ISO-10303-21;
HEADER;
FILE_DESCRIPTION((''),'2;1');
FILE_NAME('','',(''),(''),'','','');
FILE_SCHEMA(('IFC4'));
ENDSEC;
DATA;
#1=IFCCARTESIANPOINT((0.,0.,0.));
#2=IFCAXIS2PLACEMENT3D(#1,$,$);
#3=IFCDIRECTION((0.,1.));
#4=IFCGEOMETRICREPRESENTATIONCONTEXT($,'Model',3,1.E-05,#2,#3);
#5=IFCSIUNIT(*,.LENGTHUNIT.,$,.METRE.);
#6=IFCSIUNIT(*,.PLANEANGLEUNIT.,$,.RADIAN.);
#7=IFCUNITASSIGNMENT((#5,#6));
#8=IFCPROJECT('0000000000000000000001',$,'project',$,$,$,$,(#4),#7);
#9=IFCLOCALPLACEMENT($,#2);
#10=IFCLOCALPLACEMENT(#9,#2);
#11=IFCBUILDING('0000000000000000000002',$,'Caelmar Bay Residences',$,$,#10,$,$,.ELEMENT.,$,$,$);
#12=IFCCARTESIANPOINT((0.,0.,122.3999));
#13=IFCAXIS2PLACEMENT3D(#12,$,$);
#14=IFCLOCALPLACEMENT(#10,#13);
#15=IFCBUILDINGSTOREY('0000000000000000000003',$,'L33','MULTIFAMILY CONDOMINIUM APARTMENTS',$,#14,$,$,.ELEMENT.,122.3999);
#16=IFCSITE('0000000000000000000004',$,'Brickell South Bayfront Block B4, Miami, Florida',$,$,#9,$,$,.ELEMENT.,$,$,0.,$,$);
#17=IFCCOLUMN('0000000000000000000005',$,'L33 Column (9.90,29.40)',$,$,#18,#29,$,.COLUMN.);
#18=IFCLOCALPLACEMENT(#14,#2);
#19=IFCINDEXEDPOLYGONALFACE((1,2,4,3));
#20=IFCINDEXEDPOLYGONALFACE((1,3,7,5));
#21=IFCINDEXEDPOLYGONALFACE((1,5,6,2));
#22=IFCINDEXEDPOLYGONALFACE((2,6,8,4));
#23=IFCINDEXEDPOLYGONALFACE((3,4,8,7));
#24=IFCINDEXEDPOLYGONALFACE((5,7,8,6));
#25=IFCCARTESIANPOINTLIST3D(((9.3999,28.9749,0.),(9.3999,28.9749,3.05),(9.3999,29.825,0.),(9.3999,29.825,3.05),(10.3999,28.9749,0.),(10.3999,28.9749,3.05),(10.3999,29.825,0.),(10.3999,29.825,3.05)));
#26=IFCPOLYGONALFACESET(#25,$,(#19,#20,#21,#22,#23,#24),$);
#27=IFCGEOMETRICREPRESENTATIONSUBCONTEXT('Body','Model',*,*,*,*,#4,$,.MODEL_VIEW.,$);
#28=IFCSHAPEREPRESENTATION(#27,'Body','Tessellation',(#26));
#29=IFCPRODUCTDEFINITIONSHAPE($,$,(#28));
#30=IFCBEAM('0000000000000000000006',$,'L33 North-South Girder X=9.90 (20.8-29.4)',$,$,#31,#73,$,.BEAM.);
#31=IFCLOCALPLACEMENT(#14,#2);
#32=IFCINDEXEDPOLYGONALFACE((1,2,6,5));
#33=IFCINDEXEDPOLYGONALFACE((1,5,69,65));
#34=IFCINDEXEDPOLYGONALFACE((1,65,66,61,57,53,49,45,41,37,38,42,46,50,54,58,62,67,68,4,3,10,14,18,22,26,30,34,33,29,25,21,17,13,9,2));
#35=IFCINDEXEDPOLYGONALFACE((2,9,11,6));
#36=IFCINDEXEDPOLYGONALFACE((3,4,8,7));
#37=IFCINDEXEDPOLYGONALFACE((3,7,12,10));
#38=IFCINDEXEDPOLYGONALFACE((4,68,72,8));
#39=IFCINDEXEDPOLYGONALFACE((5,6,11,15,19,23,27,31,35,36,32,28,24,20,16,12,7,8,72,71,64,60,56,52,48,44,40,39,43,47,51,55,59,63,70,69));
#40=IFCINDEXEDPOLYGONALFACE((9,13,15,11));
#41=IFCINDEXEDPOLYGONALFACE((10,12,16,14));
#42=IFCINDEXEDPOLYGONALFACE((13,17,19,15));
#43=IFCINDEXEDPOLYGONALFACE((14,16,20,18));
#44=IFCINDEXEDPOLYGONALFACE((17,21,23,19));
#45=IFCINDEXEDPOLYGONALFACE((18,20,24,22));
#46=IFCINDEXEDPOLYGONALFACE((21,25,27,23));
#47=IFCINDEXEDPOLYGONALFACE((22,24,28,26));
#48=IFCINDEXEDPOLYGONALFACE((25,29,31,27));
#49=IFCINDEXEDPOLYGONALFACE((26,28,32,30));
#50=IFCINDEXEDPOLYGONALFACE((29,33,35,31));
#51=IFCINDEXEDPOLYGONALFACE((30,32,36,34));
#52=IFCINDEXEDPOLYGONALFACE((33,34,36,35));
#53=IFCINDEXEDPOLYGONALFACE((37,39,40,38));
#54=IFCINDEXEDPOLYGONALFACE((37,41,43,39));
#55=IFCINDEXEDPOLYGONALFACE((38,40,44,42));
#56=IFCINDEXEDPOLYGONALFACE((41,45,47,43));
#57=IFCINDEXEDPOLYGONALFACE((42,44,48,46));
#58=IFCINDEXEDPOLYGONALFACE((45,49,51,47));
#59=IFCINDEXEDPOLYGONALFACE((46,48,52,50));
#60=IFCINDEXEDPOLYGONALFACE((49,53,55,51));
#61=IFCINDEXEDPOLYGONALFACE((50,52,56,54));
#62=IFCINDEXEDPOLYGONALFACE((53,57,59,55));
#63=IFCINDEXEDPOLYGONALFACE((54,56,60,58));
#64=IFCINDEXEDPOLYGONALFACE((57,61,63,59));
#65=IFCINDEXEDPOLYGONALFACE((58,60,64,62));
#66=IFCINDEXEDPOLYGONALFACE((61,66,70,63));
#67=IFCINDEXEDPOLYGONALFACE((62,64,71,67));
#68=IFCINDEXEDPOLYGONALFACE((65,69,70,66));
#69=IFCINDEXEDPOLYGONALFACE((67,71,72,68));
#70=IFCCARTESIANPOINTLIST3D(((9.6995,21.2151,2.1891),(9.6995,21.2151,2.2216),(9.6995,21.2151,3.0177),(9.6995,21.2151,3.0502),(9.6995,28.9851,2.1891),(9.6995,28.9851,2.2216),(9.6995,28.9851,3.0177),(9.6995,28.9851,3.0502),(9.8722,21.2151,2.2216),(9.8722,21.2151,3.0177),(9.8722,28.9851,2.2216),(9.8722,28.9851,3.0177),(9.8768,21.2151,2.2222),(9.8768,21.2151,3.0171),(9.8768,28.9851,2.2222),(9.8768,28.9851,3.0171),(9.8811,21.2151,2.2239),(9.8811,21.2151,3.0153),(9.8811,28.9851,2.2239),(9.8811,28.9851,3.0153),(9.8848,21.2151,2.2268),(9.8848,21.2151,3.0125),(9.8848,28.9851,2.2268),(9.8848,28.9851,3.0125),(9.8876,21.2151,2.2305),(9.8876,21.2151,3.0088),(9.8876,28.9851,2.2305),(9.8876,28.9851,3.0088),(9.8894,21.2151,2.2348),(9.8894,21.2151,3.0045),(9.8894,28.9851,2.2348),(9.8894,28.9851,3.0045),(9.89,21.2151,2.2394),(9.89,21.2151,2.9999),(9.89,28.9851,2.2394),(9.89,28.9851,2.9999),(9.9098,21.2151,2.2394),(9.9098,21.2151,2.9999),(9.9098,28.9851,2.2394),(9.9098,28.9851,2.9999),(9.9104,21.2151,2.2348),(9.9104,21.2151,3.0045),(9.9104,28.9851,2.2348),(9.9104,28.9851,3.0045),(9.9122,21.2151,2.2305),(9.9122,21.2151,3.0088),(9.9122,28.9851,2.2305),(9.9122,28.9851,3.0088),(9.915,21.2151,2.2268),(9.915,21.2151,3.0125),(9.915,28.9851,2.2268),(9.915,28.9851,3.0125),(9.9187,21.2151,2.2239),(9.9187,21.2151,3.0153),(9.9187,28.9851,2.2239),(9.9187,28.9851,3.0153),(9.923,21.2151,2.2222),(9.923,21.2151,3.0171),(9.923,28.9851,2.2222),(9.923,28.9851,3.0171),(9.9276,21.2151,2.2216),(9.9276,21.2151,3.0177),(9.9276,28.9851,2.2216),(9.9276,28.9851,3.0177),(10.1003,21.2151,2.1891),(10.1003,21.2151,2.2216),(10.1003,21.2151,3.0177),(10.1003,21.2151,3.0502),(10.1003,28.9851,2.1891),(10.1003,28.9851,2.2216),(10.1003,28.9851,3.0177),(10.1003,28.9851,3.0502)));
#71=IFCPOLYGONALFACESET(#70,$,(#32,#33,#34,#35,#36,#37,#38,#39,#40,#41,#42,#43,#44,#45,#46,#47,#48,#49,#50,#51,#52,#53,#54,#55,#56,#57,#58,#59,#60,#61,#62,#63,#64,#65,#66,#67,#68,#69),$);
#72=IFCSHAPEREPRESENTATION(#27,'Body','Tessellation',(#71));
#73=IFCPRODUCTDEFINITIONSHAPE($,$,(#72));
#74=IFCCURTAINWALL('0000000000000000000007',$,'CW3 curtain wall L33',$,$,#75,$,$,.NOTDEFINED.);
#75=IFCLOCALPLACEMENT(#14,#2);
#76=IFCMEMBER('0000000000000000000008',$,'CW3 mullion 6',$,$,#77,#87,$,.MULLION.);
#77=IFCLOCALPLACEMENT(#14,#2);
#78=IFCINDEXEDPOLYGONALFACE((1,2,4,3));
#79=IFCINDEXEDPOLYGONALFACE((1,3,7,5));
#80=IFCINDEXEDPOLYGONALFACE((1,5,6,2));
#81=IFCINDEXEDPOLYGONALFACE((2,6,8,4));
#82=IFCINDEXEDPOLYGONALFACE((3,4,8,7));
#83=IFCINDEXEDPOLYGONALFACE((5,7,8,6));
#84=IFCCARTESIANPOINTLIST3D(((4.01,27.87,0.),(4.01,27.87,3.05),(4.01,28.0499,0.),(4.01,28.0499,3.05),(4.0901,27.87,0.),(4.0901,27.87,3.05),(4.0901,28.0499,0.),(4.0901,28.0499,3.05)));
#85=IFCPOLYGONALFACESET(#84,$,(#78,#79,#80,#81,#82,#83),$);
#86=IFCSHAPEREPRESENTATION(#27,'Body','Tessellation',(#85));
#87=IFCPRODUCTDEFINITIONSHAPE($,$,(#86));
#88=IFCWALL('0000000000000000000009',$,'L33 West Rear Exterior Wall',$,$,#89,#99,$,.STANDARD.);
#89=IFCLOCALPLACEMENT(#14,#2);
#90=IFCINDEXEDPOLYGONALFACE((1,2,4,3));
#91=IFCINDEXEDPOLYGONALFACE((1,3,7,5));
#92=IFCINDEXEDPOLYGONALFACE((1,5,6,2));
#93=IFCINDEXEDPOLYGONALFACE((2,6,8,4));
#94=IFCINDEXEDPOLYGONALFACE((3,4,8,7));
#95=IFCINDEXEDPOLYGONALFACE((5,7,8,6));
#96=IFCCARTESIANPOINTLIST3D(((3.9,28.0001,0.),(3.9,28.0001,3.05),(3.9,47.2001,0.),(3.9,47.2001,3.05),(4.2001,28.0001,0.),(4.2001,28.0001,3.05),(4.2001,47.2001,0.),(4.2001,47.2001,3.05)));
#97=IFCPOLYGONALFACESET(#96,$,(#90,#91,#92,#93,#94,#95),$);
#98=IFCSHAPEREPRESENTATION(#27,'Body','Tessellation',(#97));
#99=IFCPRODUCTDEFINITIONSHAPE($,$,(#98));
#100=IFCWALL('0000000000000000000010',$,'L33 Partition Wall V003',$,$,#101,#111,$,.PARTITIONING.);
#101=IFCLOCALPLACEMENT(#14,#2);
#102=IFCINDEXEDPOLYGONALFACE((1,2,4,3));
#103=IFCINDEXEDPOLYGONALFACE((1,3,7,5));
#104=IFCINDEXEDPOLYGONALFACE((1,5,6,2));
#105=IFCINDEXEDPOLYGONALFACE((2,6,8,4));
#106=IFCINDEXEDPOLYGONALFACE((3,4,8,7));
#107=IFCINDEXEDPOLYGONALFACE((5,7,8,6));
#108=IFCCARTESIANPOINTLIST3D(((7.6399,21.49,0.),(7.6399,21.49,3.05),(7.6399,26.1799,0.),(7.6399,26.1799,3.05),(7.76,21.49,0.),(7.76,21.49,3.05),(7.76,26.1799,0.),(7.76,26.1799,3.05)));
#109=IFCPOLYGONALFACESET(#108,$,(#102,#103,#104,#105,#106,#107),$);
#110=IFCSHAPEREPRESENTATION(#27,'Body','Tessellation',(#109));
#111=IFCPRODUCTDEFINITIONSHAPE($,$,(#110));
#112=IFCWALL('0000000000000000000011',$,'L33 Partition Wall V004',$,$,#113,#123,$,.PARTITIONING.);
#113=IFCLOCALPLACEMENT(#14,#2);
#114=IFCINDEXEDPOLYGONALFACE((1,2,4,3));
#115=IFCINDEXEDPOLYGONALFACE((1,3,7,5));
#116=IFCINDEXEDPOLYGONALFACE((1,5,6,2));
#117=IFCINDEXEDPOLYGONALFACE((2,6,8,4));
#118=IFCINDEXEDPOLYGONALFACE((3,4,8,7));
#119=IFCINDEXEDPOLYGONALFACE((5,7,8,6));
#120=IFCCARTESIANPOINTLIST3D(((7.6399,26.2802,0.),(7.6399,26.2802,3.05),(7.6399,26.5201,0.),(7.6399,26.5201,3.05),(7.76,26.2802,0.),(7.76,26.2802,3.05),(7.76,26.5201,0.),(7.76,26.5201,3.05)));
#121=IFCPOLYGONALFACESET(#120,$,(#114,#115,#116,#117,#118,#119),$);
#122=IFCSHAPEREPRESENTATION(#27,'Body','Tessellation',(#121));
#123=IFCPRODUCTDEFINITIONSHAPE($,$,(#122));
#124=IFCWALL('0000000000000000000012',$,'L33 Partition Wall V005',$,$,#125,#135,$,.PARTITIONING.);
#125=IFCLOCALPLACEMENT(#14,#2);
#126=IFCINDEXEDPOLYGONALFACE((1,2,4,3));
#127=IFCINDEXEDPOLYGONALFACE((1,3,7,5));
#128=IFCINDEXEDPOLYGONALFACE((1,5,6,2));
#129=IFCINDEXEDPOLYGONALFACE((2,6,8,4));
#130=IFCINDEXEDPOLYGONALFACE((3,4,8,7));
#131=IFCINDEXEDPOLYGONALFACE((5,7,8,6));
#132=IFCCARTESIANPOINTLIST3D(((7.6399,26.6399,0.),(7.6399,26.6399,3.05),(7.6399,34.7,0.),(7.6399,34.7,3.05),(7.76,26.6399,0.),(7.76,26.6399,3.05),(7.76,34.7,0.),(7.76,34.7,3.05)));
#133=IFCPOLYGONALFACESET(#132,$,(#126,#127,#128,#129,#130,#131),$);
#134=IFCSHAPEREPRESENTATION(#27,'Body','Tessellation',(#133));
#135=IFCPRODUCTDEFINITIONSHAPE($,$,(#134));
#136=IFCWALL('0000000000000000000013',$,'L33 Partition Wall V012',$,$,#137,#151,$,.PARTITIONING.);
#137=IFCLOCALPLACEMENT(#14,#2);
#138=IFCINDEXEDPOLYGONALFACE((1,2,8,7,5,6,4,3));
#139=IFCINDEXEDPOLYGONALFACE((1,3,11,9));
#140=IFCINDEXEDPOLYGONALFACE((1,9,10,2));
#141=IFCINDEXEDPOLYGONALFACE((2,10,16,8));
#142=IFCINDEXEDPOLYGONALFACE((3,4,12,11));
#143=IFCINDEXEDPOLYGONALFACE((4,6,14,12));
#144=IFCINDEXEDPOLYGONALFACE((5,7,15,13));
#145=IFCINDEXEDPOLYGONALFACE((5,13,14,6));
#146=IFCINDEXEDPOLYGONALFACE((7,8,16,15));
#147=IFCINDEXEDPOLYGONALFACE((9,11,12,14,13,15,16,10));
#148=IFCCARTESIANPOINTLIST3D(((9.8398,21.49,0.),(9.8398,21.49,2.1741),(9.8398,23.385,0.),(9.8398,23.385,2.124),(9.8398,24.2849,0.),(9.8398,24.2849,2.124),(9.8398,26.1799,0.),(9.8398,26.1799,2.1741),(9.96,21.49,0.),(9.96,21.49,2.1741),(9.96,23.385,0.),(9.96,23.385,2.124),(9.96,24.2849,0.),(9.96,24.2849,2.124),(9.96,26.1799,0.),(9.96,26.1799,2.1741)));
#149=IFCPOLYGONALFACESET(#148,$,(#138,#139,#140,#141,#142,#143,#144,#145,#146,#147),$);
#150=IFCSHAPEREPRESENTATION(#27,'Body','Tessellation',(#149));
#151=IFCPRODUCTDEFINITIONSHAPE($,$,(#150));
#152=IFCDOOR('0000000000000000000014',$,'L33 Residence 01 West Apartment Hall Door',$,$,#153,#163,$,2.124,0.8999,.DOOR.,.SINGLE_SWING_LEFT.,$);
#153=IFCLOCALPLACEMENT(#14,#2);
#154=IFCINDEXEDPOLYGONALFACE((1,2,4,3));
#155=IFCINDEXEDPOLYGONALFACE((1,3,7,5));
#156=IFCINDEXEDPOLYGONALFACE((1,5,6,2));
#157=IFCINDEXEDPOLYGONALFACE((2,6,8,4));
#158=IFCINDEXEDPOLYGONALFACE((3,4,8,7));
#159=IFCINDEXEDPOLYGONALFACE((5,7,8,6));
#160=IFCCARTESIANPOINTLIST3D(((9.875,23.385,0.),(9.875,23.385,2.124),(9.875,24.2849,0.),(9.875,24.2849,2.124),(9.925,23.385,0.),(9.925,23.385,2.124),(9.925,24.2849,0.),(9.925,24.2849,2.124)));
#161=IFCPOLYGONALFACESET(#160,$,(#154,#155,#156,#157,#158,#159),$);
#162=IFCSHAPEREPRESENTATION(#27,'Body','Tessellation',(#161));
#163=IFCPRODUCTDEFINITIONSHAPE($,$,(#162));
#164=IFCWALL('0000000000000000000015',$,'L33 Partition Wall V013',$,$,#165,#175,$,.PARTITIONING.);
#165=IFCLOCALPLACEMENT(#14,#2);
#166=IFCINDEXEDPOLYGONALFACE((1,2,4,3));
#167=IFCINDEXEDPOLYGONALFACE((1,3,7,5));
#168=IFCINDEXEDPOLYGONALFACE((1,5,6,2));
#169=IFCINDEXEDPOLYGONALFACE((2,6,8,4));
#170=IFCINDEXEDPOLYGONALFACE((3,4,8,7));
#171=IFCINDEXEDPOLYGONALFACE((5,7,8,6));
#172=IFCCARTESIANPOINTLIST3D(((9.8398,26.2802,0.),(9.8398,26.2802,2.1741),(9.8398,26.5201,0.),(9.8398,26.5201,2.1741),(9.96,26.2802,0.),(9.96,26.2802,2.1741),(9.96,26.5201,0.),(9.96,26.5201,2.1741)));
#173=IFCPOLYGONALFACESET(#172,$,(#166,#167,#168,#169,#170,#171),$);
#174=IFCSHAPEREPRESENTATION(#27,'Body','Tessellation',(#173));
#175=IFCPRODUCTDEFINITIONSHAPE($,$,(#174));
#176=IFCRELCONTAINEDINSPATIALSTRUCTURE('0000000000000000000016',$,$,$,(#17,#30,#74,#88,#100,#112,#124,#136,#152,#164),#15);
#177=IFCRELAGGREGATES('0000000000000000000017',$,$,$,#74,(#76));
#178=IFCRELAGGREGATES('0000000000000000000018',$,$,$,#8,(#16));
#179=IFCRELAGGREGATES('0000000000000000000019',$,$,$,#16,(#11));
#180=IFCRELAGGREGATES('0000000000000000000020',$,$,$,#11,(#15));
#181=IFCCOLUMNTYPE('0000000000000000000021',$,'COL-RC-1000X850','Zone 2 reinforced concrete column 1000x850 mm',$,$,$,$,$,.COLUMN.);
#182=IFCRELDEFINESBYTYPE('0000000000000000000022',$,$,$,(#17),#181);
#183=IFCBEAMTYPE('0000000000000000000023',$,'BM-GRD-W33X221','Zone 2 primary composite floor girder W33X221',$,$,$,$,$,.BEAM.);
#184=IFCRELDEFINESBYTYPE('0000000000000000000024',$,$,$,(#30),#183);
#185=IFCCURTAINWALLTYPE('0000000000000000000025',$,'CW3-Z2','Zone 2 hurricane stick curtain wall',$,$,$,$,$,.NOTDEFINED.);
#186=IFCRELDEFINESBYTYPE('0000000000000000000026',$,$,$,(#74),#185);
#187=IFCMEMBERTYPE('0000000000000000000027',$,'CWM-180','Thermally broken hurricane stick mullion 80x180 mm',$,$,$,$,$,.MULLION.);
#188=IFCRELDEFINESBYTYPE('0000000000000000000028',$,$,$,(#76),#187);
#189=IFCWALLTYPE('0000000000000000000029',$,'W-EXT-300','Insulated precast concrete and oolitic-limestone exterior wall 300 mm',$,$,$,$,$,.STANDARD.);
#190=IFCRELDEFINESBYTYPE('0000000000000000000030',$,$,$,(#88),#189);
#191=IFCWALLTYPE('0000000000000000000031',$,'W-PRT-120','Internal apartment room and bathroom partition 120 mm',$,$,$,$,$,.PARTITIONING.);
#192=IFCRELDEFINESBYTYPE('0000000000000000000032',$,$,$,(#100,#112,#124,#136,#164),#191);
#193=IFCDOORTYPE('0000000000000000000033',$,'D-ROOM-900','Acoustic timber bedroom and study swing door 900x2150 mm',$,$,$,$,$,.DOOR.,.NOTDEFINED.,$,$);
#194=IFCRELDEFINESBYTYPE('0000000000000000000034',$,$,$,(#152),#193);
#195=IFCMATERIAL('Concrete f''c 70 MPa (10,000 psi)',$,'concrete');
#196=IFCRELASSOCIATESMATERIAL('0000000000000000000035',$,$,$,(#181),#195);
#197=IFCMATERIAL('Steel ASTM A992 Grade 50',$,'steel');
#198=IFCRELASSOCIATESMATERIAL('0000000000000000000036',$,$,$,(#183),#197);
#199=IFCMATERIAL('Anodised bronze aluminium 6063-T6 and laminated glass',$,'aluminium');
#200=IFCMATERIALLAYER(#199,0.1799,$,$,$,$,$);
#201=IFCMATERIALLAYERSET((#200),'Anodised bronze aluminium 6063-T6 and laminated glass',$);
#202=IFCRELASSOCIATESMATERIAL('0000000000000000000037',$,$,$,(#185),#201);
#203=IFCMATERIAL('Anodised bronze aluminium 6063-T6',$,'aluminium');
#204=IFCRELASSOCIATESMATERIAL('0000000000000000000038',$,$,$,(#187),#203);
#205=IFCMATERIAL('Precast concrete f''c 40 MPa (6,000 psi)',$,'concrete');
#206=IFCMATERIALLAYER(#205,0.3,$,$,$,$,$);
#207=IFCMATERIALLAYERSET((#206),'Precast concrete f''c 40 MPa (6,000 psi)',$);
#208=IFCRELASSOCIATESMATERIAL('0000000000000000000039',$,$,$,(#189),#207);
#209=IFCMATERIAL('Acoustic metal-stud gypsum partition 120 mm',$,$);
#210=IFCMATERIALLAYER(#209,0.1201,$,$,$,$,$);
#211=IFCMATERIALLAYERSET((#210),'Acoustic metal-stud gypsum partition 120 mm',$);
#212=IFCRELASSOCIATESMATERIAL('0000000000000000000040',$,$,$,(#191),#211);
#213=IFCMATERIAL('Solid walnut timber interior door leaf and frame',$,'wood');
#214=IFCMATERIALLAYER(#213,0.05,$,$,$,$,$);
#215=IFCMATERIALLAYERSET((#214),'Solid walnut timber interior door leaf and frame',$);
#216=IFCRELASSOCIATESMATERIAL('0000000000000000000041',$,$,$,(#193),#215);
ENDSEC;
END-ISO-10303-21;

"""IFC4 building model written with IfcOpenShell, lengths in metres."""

from ifc_helpers import new_model, si_unit, direction, frame, frame_2d, origin, origin_2d, place, context, subcontext, project, spatial, rectangle, i_section, extrude, material, layer, layer_set, material_profile, profile_set, type_object, element, fill, aggregate, save


model = new_model("IFC4")

# Units and contexts
model_context = context("Model", 3, precision=1e-05, world=origin(), true_north=direction((0.0, 1.0)))
body_context = subcontext(model_context, "Body", "Model", "MODEL_VIEW")
ifc_project = project(units=[si_unit("LENGTHUNIT", "METRE"), si_unit("PLANEANGLEUNIT", "RADIAN")], contexts=[model_context])

# Site, building, storey
site_placement = place(None, origin())
site = spatial("IfcSite", under=ifc_project, at=site_placement, Name="Brickell South Bayfront Block B4, Miami, Florida", CompositionType="ELEMENT", RefElevation=0.0)
building_placement = place(site_placement, origin())
building = spatial("IfcBuilding", under=site, at=building_placement, Name="Caelmar Bay Residences", CompositionType="ELEMENT")
storey_placement = place(building_placement, frame((0.0, 0.0, 122.3999)))
storey = spatial("IfcBuildingStorey", under=building, at=storey_placement, Name="L33", Description="MULTIFAMILY CONDOMINIUM APARTMENTS", CompositionType="ELEMENT", Elevation=122.3999)

# Column
ifc_material_1 = material(Name="Concrete f'c 70 MPa (10,000 psi)", Category="concrete")
ifc_material_profile_1 = material_profile(ifc_material_1, rectangle(XDim=1.0, YDim=0.8501, at=origin_2d()), Name="RC-COL-1000X850")
ifc_profile_set_1 = profile_set([ifc_material_profile_1], Name="Concrete f'c 70 MPa (10,000 psi)")
column_type = type_object("IfcColumnType", Name="COL-RC-1000X850", Description="Zone 2 reinforced concrete column 1000x850 mm", PredefinedType="COLUMN", material=ifc_profile_set_1)
column_placement = place(storey_placement, frame((9.8999, 29.3999, 0.0), z_axis=(0.0, 0.0, 1.0), x_axis=(1.0, 0.0, 0.0)))
element("IfcColumn", 1, at=column_placement, inside=storey, type_object=column_type, Name="L33 Column (9.90,29.40)", PredefinedType="COLUMN", context=body_context, shape_type="SweptSolid", body=[
    extrude(rectangle(XDim=1.0, YDim=0.8501, at=origin_2d()), origin(), (0.0, 0.0, 1.0), 3.05),
])

# Beam
ifc_material_2 = material(Name="Steel ASTM A992 Grade 50", Category="steel")
ifc_material_profile_2 = material_profile(ifc_material_2, i_section(OverallWidth=0.4009, OverallDepth=0.8611, WebThickness=0.0198, FlangeThickness=0.0325, FilletRadius=0.0178, at=origin_2d()), Name="W33X221")
ifc_profile_set_2 = profile_set([ifc_material_profile_2], Name="Steel ASTM A992 Grade 50")
beam_type = type_object("IfcBeamType", Name="BM-GRD-W33X221", Description="Zone 2 primary composite floor girder W33X221", PredefinedType="BEAM", material=ifc_profile_set_2)
beam_placement = place(storey_placement, frame((9.8999, 21.2151, 2.6196), z_axis=(0.0, 1.0, 0.0), x_axis=(-1.0, 0.0, 0.0)))
element("IfcBeam", 2, at=beam_placement, inside=storey, type_object=beam_type, Name="L33 North-South Girder X=9.90 (20.8-29.4)", PredefinedType="BEAM", context=body_context, shape_type="SweptSolid", body=[
    extrude(i_section(OverallWidth=0.4009, OverallDepth=0.8611, WebThickness=0.0198, FlangeThickness=0.0325, FilletRadius=0.0178, at=origin_2d()), origin(), (0.0, 0.0, 1.0), 7.77),
])

# Curtain wall, member
ifc_material_3 = material(Name="Anodised bronze aluminium 6063-T6 and laminated glass", Category="aluminium")
ifc_layer_1 = layer(ifc_material_3, 0.1799)
ifc_layer_set_1 = layer_set([ifc_layer_1], Name="Anodised bronze aluminium 6063-T6 and laminated glass")
curtain_wall_type = type_object("IfcCurtainWallType", Name="CW3-Z2", Description="Zone 2 hurricane stick curtain wall", PredefinedType="NOTDEFINED", material=ifc_layer_set_1)
curtain_wall_placement = place(storey_placement, origin())
curtain_wall = element("IfcCurtainWall", 3, at=curtain_wall_placement, inside=storey, type_object=curtain_wall_type, Name="CW3 curtain wall L33", PredefinedType="NOTDEFINED")
ifc_material_4 = material(Name="Anodised bronze aluminium 6063-T6", Category="aluminium")
ifc_material_profile_3 = material_profile(ifc_material_4, rectangle(XDim=0.0801, YDim=0.1799, at=origin_2d()), Name="CWM-80X180")
ifc_profile_set_3 = profile_set([ifc_material_profile_3], Name="Anodised bronze aluminium 6063-T6")
member_type = type_object("IfcMemberType", Name="CWM-180", Description="Thermally broken hurricane stick mullion 80x180 mm", PredefinedType="MULLION", material=ifc_profile_set_3)
member_placement = place(storey_placement, frame((4.05, 27.96, 0.0), z_axis=(0.0, 0.0, 1.0), x_axis=(-1.0, 0.0, 0.0)))
member = element("IfcMember", 4, at=member_placement, type_object=member_type, Name="CW3 mullion 6", PredefinedType="MULLION", context=body_context, shape_type="SweptSolid", body=[
    extrude(rectangle(XDim=0.0801, YDim=0.1799, at=origin_2d()), origin(), (0.0, 0.0, 1.0), 3.05),
])
aggregate(curtain_wall, [member])

# Walls
ifc_material_5 = material(Name="Precast concrete f'c 40 MPa (6,000 psi)", Category="concrete")
ifc_layer_2 = layer(ifc_material_5, 0.3)
ifc_layer_set_2 = layer_set([ifc_layer_2], Name="Precast concrete f'c 40 MPa (6,000 psi)")
wall_type_1 = type_object("IfcWallType", Name="W-EXT-300", Description="Insulated precast concrete and oolitic-limestone exterior wall 300 mm", PredefinedType="STANDARD", material=ifc_layer_set_2)
wall_1_placement = place(storey_placement, frame((4.05, 28.0, 0.0), z_axis=(0.0, 0.0, 1.0), x_axis=(0.0, 1.0, 0.0)))
element("IfcWall", 5, at=wall_1_placement, inside=storey, type_object=wall_type_1, Name="L33 West Rear Exterior Wall", PredefinedType="STANDARD", context=body_context, shape_type="SweptSolid", body=[
    extrude(rectangle(XDim=19.2, YDim=0.3, at=frame_2d((9.6001, 0.0))), origin(), (0.0, 0.0, 1.0), 3.05),
])
ifc_material_6 = material(Name="Acoustic metal-stud gypsum partition 120 mm")
ifc_layer_3 = layer(ifc_material_6, 0.1201)
ifc_layer_set_3 = layer_set([ifc_layer_3], Name="Acoustic metal-stud gypsum partition 120 mm")
wall_type_2 = type_object("IfcWallType", Name="W-PRT-120", Description="Internal apartment room and bathroom partition 120 mm", PredefinedType="PARTITIONING", material=ifc_layer_set_3)
wall_2_placement = place(storey_placement, frame((7.7, 21.49, 0.0), z_axis=(0.0, 0.0, 1.0), x_axis=(0.0, 1.0, 0.0)))
element("IfcWall", 6, at=wall_2_placement, inside=storey, type_object=wall_type_2, Name="L33 Partition Wall V003", PredefinedType="PARTITIONING", context=body_context, shape_type="SweptSolid", body=[
    extrude(rectangle(XDim=4.6899, YDim=0.1201, at=frame_2d((2.345, 0.0))), origin(), (0.0, 0.0, 1.0), 3.05),
])
wall_3_placement = place(storey_placement, frame((7.7, 26.28, 0.0), z_axis=(0.0, 0.0, 1.0), x_axis=(0.0, 1.0, 0.0)))
element("IfcWall", 7, at=wall_3_placement, inside=storey, type_object=wall_type_2, Name="L33 Partition Wall V004", PredefinedType="PARTITIONING", context=body_context, shape_type="SweptSolid", body=[
    extrude(rectangle(XDim=0.24, YDim=0.1201, at=frame_2d((0.1201, 0.0))), origin(), (0.0, 0.0, 1.0), 3.05),
])
wall_4_placement = place(storey_placement, frame((7.7, 26.6399, 0.0), z_axis=(0.0, 0.0, 1.0), x_axis=(0.0, 1.0, 0.0)))
element("IfcWall", 8, at=wall_4_placement, inside=storey, type_object=wall_type_2, Name="L33 Partition Wall V005", PredefinedType="PARTITIONING", context=body_context, shape_type="SweptSolid", body=[
    extrude(rectangle(XDim=8.0601, YDim=0.1201, at=frame_2d((4.03, 0.0))), origin(), (0.0, 0.0, 1.0), 3.05),
])

# Wall, opening, door
wall_5_placement = place(storey_placement, frame((9.8999, 21.49, 0.0), z_axis=(0.0, 0.0, 1.0), x_axis=(0.0, 1.0, 0.0)))
wall_5 = element("IfcWall", 9, at=wall_5_placement, inside=storey, type_object=wall_type_2, Name="L33 Partition Wall V012", PredefinedType="PARTITIONING", context=body_context, shape_type="SweptSolid", body=[
    extrude(rectangle(XDim=4.6899, YDim=0.1201, at=frame_2d((2.345, 0.0))), origin(), (0.0, 0.0, 1.0), 2.1741),
])
opening_1_placement = place(wall_5_placement, frame((1.895, 0.0, 0.0)))
opening_1 = element("IfcOpeningElement", 10, at=opening_1_placement, cuts=wall_5, PredefinedType="OPENING", context=body_context, shape_type="SweptSolid", body=[
    extrude(rectangle(XDim=0.8999, YDim=2.124, at=frame_2d((0.45, 1.062))), frame((0.0, 0.0701, 0.0), z_axis=(0.0, -1.0, 0.0), x_axis=(1.0, 0.0, 0.0)), (0.0, 0.0, 1.0), 0.1401),
])
ifc_material_7 = material(Name="Solid walnut timber interior door leaf and frame", Category="wood")
ifc_layer_4 = layer(ifc_material_7, 0.05)
ifc_layer_set_4 = layer_set([ifc_layer_4], Name="Solid walnut timber interior door leaf and frame")
door_type_1 = type_object("IfcDoorType", Name="D-ROOM-900", Description="Acoustic timber bedroom and study swing door 900x2150 mm", OperationType="NOTDEFINED", PredefinedType="DOOR", material=ifc_layer_set_4)
door_1_placement = place(opening_1_placement, origin())
door_1 = element("IfcDoor", 11, at=door_1_placement, inside=storey, type_object=door_type_1, Name="L33 Residence 01 West Apartment Hall Door", OperationType="SINGLE_SWING_LEFT", OverallHeight=2.124, OverallWidth=0.8999, PredefinedType="DOOR", context=body_context, shape_type="SweptSolid", body=[
    extrude(rectangle(XDim=0.8999, YDim=2.124, at=frame_2d((0.45, 1.062))), frame((0.0, 0.0249, 0.0), z_axis=(0.0, -1.0, 0.0), x_axis=(1.0, 0.0, 0.0)), (0.0, 0.0, 1.0), 0.05),
])
fill(opening_1, door_1)

# Wall
wall_6_placement = place(storey_placement, frame((9.8999, 26.28, 0.0), z_axis=(0.0, 0.0, 1.0), x_axis=(0.0, 1.0, 0.0)))
element("IfcWall", 12, at=wall_6_placement, inside=storey, type_object=wall_type_2, Name="L33 Partition Wall V013", PredefinedType="PARTITIONING", context=body_context, shape_type="SweptSolid", body=[
    extrude(rectangle(XDim=0.24, YDim=0.1201, at=frame_2d((0.1201, 0.0))), origin(), (0.0, 0.0, 1.0), 2.1741),
])

save(model, "model.ifc")
